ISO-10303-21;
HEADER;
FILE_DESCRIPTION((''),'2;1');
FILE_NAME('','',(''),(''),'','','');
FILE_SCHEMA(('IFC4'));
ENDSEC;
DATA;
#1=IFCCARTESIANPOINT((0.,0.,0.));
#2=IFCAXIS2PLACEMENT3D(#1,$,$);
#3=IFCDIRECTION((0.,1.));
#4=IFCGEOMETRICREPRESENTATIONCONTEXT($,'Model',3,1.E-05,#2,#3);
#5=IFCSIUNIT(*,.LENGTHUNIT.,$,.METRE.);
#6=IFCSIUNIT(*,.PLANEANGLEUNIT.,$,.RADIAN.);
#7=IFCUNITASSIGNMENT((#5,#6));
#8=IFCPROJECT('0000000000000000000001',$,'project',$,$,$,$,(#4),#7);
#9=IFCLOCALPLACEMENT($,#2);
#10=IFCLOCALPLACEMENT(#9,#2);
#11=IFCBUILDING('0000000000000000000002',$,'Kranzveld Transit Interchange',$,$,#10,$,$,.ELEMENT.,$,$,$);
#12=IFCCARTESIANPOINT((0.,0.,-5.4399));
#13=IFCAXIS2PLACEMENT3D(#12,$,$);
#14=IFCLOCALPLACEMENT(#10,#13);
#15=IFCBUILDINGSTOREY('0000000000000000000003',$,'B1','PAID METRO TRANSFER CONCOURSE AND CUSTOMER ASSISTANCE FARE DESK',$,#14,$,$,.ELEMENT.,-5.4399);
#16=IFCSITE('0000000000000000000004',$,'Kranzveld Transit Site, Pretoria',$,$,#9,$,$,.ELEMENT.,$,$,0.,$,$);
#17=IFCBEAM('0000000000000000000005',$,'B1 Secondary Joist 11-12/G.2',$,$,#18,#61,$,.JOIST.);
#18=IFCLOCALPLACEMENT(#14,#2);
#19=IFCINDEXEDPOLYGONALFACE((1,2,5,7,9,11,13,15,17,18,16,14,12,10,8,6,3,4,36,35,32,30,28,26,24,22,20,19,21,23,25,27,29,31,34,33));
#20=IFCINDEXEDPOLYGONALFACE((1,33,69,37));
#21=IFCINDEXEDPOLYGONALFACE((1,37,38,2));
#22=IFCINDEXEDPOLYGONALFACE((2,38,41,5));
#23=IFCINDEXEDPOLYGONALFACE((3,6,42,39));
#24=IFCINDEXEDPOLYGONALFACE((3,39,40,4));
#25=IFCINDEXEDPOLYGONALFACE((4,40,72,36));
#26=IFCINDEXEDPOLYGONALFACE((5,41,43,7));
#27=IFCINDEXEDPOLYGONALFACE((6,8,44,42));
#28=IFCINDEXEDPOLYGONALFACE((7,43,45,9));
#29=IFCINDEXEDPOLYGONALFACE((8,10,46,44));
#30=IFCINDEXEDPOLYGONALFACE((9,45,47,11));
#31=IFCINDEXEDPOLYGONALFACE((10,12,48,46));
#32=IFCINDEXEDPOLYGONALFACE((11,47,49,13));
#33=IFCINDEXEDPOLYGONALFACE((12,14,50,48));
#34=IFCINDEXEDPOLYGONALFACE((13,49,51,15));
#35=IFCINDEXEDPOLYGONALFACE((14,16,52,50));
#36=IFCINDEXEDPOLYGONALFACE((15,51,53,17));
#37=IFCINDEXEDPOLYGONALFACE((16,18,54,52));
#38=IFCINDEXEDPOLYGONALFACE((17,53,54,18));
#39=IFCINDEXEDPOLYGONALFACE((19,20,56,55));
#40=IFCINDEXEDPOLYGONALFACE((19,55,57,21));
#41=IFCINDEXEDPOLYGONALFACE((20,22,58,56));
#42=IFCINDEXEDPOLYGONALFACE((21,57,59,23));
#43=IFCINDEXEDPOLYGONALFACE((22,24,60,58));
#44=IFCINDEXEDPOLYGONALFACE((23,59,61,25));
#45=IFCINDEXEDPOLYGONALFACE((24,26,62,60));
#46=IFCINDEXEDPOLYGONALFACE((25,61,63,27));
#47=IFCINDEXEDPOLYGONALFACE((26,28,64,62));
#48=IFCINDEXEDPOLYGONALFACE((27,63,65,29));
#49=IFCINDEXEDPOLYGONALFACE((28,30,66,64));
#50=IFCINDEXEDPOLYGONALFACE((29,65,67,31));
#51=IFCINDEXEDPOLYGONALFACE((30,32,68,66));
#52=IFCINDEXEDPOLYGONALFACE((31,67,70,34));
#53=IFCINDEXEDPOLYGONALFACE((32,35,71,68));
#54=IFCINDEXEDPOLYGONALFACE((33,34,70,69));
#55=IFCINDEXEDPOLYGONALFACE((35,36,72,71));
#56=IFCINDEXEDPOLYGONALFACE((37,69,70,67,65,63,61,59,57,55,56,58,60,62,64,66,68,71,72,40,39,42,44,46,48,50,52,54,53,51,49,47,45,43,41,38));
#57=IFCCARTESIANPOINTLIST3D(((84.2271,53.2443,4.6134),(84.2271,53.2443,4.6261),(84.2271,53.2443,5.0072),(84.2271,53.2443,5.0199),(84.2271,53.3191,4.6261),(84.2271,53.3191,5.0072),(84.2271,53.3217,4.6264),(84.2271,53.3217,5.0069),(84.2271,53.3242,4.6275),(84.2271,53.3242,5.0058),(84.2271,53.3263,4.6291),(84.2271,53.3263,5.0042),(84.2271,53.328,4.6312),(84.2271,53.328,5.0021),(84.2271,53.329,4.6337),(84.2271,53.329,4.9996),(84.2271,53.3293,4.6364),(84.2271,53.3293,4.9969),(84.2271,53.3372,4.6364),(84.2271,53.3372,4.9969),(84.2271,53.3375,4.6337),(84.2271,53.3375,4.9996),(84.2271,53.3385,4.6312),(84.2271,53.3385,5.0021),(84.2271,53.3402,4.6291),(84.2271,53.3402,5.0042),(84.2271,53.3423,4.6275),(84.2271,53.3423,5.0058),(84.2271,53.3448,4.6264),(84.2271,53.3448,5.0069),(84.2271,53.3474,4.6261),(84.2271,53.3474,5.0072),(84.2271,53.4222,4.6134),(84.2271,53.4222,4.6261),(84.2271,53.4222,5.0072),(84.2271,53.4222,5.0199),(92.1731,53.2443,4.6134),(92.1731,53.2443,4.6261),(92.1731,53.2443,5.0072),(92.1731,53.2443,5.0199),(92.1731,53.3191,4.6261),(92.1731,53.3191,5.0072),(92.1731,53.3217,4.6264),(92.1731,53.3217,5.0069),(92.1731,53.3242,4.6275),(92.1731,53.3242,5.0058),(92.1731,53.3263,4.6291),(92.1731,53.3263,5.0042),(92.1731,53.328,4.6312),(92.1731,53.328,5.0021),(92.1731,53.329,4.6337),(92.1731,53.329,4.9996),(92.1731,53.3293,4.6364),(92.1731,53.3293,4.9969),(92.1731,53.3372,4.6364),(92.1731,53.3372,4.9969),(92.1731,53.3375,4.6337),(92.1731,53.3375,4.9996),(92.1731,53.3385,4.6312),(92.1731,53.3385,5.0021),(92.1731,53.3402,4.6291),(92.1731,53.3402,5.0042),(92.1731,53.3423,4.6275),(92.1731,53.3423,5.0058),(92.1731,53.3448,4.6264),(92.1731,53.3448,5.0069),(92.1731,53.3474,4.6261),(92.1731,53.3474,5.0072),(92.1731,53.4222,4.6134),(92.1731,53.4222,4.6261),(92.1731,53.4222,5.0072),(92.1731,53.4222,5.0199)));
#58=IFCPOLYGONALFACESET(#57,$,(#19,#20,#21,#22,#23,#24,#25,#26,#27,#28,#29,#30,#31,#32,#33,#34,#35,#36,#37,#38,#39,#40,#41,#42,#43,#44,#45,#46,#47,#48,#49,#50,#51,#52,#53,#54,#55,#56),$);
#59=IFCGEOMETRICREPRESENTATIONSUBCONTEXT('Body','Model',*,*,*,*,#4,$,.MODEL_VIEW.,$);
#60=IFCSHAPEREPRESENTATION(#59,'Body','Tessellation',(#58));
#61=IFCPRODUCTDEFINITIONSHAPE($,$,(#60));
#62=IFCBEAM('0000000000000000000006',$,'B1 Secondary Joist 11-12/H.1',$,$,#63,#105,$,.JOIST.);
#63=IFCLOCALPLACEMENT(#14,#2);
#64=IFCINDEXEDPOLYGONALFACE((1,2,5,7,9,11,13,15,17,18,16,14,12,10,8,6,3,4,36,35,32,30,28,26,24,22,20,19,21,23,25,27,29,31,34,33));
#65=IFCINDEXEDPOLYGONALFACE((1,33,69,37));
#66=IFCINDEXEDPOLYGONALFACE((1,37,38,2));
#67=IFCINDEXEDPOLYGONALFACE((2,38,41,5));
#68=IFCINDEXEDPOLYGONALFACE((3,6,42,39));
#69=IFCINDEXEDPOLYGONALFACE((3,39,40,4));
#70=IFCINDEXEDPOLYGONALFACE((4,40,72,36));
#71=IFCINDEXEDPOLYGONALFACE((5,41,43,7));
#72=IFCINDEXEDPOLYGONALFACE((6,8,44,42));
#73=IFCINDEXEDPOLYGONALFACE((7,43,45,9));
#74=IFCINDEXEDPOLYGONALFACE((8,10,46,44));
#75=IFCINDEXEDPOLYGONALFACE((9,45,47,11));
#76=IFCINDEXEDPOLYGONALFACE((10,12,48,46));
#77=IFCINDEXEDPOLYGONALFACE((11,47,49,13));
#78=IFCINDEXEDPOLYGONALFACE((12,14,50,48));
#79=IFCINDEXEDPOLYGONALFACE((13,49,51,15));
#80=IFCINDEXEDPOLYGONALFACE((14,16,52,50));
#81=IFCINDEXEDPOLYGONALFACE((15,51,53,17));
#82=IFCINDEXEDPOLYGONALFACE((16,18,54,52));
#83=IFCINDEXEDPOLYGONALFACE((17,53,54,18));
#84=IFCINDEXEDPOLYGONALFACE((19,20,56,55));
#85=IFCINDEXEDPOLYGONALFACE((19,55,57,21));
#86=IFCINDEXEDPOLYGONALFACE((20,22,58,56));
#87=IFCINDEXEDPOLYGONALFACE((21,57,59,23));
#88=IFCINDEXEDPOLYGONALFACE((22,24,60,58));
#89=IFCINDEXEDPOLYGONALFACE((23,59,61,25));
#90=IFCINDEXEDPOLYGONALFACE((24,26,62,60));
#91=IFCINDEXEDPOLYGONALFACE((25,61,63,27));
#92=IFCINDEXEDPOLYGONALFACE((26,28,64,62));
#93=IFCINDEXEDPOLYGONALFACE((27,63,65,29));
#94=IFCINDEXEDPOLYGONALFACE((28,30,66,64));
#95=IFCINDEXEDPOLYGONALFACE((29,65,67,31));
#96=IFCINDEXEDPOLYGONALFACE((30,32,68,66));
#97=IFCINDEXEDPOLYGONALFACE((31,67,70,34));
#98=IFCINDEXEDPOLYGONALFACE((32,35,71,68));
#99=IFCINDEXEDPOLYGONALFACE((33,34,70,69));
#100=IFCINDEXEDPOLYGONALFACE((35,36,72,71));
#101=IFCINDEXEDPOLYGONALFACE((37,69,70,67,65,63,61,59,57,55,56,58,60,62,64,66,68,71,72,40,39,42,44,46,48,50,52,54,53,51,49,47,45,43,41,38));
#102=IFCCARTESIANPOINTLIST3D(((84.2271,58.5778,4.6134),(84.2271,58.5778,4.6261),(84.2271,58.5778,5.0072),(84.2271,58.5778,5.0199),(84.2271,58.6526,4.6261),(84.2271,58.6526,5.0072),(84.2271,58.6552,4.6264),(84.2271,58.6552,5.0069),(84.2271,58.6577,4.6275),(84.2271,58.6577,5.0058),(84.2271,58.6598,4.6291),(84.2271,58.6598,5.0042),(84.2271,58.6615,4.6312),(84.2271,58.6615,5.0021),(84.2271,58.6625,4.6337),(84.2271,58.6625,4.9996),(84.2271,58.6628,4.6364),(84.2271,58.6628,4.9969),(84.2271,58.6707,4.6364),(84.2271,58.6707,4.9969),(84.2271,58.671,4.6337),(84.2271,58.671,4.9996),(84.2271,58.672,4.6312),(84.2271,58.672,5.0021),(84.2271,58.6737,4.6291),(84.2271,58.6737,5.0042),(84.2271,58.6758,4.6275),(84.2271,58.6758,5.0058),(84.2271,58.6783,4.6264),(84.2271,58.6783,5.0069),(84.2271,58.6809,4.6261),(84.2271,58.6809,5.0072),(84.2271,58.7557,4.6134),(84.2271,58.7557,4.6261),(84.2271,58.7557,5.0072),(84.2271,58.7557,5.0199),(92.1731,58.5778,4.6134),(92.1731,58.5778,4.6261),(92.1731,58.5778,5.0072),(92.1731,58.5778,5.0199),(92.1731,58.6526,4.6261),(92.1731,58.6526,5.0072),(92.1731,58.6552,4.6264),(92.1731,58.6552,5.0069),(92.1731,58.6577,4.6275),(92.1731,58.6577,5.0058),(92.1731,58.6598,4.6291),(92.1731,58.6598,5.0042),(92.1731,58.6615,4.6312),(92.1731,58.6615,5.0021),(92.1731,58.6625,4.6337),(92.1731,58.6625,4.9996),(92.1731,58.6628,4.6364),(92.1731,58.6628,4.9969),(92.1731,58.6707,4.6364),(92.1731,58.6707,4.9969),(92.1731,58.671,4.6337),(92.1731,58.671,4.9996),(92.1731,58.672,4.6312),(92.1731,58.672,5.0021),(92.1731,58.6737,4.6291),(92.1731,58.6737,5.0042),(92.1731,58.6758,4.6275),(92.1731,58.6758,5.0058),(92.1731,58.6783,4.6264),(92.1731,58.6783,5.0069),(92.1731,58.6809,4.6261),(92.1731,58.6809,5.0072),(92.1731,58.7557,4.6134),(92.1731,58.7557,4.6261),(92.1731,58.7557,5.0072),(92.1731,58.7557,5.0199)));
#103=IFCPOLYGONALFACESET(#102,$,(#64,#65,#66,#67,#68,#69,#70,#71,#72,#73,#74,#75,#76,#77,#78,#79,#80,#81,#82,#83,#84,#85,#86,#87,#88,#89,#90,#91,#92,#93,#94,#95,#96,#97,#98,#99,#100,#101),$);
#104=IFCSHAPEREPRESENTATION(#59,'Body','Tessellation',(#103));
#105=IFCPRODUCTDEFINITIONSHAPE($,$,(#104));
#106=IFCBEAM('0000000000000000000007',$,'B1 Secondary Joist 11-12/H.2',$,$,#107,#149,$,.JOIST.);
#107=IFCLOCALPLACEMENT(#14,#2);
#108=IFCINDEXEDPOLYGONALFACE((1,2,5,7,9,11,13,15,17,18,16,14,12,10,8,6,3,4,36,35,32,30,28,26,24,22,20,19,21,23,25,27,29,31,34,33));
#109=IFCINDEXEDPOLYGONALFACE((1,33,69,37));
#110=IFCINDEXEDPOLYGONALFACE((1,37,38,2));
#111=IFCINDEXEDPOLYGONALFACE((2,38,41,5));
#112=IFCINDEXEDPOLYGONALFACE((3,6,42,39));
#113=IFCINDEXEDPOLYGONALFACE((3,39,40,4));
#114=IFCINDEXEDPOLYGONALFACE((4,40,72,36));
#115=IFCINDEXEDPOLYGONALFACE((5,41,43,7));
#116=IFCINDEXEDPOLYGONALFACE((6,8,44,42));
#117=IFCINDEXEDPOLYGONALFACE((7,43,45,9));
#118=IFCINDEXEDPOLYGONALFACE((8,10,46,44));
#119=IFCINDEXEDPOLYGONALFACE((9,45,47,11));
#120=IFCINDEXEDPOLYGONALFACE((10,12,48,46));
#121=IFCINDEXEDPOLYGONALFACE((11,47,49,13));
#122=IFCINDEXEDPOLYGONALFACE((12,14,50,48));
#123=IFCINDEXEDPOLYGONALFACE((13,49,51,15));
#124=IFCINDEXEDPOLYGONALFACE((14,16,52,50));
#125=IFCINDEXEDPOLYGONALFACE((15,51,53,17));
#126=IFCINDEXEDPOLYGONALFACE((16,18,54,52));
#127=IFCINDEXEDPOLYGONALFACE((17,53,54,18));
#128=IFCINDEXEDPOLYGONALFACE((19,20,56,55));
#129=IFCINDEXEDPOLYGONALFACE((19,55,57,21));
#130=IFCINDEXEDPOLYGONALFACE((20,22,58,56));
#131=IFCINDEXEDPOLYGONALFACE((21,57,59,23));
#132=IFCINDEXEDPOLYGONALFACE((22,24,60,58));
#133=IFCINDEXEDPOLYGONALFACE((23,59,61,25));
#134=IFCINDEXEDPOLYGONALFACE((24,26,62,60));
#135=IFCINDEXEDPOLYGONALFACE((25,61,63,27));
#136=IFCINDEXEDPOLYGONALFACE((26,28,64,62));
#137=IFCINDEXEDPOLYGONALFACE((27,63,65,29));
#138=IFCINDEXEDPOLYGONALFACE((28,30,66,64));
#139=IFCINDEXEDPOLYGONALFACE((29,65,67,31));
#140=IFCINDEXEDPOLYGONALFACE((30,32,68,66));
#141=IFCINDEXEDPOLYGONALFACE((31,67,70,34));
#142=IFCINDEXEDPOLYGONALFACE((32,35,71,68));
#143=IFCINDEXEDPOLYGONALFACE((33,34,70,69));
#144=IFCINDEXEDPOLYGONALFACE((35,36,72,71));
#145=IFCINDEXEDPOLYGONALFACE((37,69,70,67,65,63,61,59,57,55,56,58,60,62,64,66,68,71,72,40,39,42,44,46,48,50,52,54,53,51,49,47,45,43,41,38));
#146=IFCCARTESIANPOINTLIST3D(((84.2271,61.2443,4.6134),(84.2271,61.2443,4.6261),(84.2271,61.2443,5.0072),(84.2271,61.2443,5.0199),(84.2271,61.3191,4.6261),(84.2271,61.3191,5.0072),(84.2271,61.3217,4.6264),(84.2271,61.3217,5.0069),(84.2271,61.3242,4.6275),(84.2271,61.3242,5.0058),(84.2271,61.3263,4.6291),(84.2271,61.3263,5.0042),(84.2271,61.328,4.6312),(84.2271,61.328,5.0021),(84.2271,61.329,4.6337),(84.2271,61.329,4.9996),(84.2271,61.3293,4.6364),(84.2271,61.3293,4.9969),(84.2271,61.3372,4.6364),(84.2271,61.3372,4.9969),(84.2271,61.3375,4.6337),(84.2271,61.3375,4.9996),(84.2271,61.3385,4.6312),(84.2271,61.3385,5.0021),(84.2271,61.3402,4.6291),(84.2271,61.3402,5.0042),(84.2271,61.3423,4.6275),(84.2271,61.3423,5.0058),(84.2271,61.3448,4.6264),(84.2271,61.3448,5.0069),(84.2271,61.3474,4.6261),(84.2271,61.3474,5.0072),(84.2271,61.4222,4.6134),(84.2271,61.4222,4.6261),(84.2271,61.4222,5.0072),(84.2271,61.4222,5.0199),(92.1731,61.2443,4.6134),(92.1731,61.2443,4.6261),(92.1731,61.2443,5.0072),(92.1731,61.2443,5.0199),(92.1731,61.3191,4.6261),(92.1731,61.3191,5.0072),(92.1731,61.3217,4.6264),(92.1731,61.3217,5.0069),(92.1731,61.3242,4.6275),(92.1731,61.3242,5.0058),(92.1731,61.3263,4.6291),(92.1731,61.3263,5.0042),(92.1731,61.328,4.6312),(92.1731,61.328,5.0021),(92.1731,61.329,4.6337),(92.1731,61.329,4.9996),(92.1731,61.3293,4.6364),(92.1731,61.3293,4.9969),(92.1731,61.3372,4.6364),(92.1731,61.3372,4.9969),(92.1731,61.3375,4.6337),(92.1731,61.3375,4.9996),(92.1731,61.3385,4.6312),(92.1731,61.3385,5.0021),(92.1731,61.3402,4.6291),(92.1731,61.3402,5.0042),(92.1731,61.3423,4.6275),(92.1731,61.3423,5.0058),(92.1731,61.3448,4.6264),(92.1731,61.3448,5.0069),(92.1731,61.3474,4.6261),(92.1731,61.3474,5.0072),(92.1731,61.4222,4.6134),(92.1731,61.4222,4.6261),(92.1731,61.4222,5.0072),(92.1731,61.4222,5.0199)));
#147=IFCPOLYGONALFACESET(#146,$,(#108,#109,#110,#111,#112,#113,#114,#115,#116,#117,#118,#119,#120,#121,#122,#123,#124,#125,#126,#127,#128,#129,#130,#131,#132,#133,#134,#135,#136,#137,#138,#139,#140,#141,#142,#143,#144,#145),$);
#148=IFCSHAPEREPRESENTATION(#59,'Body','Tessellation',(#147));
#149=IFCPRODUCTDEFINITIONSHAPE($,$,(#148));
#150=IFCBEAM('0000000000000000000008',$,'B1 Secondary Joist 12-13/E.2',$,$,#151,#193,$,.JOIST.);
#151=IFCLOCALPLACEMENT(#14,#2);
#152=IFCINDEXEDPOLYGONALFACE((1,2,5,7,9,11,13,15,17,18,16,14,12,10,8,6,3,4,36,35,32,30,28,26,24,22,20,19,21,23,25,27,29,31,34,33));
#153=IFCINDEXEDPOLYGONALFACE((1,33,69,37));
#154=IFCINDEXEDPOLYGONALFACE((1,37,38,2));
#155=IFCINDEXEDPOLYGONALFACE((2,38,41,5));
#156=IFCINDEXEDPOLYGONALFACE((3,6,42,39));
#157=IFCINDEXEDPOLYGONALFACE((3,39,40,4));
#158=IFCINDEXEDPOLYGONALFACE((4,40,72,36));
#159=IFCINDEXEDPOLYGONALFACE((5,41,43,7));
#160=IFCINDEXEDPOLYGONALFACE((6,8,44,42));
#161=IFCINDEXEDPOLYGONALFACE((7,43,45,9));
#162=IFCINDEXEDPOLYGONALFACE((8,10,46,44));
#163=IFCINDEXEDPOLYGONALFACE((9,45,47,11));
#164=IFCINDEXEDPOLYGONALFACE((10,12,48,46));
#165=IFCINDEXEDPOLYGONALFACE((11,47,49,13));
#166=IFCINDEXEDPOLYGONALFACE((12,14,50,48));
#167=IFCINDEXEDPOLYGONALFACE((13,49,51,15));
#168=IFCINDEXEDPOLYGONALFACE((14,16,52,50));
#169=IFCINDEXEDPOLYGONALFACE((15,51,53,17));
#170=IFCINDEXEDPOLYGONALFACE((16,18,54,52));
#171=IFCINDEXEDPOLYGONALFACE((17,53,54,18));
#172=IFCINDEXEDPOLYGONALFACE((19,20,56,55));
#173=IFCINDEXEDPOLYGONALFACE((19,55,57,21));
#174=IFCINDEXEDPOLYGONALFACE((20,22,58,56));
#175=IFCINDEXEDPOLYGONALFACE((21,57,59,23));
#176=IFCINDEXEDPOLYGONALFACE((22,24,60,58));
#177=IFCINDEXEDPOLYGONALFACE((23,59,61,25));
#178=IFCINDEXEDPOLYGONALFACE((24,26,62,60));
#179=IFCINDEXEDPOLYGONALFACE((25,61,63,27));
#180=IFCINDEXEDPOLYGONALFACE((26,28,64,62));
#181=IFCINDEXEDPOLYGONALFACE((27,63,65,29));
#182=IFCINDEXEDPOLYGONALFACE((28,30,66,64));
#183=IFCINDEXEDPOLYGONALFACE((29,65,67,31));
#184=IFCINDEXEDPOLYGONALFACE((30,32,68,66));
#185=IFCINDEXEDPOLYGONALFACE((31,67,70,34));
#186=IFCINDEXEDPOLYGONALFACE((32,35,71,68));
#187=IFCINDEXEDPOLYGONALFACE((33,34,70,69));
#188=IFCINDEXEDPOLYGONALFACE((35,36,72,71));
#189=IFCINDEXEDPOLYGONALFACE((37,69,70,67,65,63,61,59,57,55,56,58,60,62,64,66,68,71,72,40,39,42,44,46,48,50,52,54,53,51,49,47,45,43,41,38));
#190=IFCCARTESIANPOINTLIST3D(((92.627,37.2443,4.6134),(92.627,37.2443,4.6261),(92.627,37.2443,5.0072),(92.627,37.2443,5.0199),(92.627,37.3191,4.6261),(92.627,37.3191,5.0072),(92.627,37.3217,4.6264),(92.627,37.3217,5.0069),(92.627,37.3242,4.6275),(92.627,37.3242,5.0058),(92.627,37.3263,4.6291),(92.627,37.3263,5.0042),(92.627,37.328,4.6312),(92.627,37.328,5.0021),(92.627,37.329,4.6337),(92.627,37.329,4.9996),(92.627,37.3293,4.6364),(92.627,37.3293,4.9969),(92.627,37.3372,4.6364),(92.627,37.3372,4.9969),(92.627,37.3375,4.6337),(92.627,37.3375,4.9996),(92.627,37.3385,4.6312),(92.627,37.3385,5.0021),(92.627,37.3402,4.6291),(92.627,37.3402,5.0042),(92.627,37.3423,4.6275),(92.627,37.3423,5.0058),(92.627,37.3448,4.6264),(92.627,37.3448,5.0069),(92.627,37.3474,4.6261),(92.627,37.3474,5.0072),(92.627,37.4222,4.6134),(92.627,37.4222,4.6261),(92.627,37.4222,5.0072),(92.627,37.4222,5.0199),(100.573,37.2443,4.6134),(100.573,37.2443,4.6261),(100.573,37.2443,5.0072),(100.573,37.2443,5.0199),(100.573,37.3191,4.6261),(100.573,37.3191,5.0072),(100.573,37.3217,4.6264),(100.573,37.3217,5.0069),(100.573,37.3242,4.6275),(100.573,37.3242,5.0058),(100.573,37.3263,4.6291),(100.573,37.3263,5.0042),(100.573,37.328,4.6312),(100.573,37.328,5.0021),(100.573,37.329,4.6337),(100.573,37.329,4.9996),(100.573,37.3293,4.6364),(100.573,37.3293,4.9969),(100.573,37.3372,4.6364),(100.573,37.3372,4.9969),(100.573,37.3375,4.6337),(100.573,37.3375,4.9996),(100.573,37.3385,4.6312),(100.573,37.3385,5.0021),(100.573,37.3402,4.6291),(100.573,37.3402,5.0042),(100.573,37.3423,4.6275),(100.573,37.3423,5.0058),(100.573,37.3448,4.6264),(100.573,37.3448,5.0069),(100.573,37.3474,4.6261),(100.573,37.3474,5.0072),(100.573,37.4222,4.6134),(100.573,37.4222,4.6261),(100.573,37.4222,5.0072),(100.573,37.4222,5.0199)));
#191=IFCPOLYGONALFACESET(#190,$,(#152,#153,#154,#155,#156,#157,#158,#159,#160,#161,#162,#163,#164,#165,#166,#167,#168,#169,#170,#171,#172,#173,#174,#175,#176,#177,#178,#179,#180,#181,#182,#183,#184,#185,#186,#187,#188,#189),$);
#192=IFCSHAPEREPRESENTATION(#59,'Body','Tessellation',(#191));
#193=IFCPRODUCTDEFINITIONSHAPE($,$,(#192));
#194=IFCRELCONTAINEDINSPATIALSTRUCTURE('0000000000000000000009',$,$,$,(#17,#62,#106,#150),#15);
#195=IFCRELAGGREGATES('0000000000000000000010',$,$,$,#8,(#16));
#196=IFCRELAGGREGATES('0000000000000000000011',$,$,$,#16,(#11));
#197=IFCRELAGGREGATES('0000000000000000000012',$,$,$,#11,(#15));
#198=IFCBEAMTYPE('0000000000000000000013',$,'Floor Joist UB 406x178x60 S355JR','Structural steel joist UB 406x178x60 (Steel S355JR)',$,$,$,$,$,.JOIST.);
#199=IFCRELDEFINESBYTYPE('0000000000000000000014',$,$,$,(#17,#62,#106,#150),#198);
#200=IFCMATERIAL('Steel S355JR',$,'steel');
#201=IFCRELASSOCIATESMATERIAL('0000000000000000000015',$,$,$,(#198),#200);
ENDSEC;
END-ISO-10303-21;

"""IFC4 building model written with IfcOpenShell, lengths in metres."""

from ifc_helpers import new_model, si_unit, direction, frame, origin, origin_2d, place, context, subcontext, project, spatial, i_section, extrude, material, material_profile, profile_set, type_object, element, save


model = new_model("IFC4")

# Units and contexts
model_context = context("Model", 3, precision=1e-05, world=origin(), true_north=direction((0.0, 1.0)))
body_context = subcontext(model_context, "Body", "Model", "MODEL_VIEW")
ifc_project = project(units=[si_unit("LENGTHUNIT", "METRE"), si_unit("PLANEANGLEUNIT", "RADIAN")], contexts=[model_context])

# Site, building, storey
site_placement = place(None, origin())
site = spatial("IfcSite", under=ifc_project, at=site_placement, Name="Kranzveld Transit Site, Pretoria", CompositionType="ELEMENT", RefElevation=0.0)
building_placement = place(site_placement, origin())
building = spatial("IfcBuilding", under=site, at=building_placement, Name="Kranzveld Transit Interchange", CompositionType="ELEMENT")
storey_placement = place(building_placement, frame((0.0, 0.0, -5.4399)))
storey = spatial("IfcBuildingStorey", under=building, at=storey_placement, Name="B1", Description="PAID METRO TRANSFER CONCOURSE AND CUSTOMER ASSISTANCE FARE DESK", CompositionType="ELEMENT", Elevation=-5.4399)

# Beams
ifc_material_1 = material(Name="Steel S355JR", Category="steel")
ifc_material_profile_1 = material_profile(ifc_material_1, i_section(OverallWidth=0.178, OverallDepth=0.4065, WebThickness=0.0078, FlangeThickness=0.0127, FilletRadius=0.0103, at=origin_2d()), Name="UB 406x178x60")
ifc_profile_set_1 = profile_set([ifc_material_profile_1], Name="Steel S355JR")
beam_type_1 = type_object("IfcBeamType", Name="Floor Joist UB 406x178x60 S355JR", Description="Structural steel joist UB 406x178x60 (Steel S355JR)", PredefinedType="JOIST", material=ifc_profile_set_1)
for number, where, z_axis, x_axis, name in (
    (1, (84.2271, 53.3333, 4.8167), (1.0, 0.0, 0.0), (0.0, 1.0, 0.0), "B1 Secondary Joist 11-12/G.2"),
    (2, (84.2271, 58.6667, 4.8167), (1.0, 0.0, 0.0), (0.0, 1.0, 0.0), "B1 Secondary Joist 11-12/H.1"),
    (3, (84.2271, 61.3333, 4.8167), (1.0, 0.0, 0.0), (0.0, 1.0, 0.0), "B1 Secondary Joist 11-12/H.2"),
    (4, (92.627, 37.3333, 4.8167), (1.0, 0.0, 0.0), (0.0, 1.0, 0.0), "B1 Secondary Joist 12-13/E.2"),
):
    element("IfcBeam", number, at=place(storey_placement, frame(where, z_axis=z_axis, x_axis=x_axis)), inside=storey, type_object=beam_type_1, Name=name, PredefinedType="JOIST", context=body_context, shape_type="SweptSolid", body=[
        extrude(i_section(OverallWidth=0.178, OverallDepth=0.4065, WebThickness=0.0078, FlangeThickness=0.0127, FilletRadius=0.0103, at=origin_2d()), origin(), (0.0, 0.0, 1.0), 7.946),
    ])

save(model, "model.ifc")
